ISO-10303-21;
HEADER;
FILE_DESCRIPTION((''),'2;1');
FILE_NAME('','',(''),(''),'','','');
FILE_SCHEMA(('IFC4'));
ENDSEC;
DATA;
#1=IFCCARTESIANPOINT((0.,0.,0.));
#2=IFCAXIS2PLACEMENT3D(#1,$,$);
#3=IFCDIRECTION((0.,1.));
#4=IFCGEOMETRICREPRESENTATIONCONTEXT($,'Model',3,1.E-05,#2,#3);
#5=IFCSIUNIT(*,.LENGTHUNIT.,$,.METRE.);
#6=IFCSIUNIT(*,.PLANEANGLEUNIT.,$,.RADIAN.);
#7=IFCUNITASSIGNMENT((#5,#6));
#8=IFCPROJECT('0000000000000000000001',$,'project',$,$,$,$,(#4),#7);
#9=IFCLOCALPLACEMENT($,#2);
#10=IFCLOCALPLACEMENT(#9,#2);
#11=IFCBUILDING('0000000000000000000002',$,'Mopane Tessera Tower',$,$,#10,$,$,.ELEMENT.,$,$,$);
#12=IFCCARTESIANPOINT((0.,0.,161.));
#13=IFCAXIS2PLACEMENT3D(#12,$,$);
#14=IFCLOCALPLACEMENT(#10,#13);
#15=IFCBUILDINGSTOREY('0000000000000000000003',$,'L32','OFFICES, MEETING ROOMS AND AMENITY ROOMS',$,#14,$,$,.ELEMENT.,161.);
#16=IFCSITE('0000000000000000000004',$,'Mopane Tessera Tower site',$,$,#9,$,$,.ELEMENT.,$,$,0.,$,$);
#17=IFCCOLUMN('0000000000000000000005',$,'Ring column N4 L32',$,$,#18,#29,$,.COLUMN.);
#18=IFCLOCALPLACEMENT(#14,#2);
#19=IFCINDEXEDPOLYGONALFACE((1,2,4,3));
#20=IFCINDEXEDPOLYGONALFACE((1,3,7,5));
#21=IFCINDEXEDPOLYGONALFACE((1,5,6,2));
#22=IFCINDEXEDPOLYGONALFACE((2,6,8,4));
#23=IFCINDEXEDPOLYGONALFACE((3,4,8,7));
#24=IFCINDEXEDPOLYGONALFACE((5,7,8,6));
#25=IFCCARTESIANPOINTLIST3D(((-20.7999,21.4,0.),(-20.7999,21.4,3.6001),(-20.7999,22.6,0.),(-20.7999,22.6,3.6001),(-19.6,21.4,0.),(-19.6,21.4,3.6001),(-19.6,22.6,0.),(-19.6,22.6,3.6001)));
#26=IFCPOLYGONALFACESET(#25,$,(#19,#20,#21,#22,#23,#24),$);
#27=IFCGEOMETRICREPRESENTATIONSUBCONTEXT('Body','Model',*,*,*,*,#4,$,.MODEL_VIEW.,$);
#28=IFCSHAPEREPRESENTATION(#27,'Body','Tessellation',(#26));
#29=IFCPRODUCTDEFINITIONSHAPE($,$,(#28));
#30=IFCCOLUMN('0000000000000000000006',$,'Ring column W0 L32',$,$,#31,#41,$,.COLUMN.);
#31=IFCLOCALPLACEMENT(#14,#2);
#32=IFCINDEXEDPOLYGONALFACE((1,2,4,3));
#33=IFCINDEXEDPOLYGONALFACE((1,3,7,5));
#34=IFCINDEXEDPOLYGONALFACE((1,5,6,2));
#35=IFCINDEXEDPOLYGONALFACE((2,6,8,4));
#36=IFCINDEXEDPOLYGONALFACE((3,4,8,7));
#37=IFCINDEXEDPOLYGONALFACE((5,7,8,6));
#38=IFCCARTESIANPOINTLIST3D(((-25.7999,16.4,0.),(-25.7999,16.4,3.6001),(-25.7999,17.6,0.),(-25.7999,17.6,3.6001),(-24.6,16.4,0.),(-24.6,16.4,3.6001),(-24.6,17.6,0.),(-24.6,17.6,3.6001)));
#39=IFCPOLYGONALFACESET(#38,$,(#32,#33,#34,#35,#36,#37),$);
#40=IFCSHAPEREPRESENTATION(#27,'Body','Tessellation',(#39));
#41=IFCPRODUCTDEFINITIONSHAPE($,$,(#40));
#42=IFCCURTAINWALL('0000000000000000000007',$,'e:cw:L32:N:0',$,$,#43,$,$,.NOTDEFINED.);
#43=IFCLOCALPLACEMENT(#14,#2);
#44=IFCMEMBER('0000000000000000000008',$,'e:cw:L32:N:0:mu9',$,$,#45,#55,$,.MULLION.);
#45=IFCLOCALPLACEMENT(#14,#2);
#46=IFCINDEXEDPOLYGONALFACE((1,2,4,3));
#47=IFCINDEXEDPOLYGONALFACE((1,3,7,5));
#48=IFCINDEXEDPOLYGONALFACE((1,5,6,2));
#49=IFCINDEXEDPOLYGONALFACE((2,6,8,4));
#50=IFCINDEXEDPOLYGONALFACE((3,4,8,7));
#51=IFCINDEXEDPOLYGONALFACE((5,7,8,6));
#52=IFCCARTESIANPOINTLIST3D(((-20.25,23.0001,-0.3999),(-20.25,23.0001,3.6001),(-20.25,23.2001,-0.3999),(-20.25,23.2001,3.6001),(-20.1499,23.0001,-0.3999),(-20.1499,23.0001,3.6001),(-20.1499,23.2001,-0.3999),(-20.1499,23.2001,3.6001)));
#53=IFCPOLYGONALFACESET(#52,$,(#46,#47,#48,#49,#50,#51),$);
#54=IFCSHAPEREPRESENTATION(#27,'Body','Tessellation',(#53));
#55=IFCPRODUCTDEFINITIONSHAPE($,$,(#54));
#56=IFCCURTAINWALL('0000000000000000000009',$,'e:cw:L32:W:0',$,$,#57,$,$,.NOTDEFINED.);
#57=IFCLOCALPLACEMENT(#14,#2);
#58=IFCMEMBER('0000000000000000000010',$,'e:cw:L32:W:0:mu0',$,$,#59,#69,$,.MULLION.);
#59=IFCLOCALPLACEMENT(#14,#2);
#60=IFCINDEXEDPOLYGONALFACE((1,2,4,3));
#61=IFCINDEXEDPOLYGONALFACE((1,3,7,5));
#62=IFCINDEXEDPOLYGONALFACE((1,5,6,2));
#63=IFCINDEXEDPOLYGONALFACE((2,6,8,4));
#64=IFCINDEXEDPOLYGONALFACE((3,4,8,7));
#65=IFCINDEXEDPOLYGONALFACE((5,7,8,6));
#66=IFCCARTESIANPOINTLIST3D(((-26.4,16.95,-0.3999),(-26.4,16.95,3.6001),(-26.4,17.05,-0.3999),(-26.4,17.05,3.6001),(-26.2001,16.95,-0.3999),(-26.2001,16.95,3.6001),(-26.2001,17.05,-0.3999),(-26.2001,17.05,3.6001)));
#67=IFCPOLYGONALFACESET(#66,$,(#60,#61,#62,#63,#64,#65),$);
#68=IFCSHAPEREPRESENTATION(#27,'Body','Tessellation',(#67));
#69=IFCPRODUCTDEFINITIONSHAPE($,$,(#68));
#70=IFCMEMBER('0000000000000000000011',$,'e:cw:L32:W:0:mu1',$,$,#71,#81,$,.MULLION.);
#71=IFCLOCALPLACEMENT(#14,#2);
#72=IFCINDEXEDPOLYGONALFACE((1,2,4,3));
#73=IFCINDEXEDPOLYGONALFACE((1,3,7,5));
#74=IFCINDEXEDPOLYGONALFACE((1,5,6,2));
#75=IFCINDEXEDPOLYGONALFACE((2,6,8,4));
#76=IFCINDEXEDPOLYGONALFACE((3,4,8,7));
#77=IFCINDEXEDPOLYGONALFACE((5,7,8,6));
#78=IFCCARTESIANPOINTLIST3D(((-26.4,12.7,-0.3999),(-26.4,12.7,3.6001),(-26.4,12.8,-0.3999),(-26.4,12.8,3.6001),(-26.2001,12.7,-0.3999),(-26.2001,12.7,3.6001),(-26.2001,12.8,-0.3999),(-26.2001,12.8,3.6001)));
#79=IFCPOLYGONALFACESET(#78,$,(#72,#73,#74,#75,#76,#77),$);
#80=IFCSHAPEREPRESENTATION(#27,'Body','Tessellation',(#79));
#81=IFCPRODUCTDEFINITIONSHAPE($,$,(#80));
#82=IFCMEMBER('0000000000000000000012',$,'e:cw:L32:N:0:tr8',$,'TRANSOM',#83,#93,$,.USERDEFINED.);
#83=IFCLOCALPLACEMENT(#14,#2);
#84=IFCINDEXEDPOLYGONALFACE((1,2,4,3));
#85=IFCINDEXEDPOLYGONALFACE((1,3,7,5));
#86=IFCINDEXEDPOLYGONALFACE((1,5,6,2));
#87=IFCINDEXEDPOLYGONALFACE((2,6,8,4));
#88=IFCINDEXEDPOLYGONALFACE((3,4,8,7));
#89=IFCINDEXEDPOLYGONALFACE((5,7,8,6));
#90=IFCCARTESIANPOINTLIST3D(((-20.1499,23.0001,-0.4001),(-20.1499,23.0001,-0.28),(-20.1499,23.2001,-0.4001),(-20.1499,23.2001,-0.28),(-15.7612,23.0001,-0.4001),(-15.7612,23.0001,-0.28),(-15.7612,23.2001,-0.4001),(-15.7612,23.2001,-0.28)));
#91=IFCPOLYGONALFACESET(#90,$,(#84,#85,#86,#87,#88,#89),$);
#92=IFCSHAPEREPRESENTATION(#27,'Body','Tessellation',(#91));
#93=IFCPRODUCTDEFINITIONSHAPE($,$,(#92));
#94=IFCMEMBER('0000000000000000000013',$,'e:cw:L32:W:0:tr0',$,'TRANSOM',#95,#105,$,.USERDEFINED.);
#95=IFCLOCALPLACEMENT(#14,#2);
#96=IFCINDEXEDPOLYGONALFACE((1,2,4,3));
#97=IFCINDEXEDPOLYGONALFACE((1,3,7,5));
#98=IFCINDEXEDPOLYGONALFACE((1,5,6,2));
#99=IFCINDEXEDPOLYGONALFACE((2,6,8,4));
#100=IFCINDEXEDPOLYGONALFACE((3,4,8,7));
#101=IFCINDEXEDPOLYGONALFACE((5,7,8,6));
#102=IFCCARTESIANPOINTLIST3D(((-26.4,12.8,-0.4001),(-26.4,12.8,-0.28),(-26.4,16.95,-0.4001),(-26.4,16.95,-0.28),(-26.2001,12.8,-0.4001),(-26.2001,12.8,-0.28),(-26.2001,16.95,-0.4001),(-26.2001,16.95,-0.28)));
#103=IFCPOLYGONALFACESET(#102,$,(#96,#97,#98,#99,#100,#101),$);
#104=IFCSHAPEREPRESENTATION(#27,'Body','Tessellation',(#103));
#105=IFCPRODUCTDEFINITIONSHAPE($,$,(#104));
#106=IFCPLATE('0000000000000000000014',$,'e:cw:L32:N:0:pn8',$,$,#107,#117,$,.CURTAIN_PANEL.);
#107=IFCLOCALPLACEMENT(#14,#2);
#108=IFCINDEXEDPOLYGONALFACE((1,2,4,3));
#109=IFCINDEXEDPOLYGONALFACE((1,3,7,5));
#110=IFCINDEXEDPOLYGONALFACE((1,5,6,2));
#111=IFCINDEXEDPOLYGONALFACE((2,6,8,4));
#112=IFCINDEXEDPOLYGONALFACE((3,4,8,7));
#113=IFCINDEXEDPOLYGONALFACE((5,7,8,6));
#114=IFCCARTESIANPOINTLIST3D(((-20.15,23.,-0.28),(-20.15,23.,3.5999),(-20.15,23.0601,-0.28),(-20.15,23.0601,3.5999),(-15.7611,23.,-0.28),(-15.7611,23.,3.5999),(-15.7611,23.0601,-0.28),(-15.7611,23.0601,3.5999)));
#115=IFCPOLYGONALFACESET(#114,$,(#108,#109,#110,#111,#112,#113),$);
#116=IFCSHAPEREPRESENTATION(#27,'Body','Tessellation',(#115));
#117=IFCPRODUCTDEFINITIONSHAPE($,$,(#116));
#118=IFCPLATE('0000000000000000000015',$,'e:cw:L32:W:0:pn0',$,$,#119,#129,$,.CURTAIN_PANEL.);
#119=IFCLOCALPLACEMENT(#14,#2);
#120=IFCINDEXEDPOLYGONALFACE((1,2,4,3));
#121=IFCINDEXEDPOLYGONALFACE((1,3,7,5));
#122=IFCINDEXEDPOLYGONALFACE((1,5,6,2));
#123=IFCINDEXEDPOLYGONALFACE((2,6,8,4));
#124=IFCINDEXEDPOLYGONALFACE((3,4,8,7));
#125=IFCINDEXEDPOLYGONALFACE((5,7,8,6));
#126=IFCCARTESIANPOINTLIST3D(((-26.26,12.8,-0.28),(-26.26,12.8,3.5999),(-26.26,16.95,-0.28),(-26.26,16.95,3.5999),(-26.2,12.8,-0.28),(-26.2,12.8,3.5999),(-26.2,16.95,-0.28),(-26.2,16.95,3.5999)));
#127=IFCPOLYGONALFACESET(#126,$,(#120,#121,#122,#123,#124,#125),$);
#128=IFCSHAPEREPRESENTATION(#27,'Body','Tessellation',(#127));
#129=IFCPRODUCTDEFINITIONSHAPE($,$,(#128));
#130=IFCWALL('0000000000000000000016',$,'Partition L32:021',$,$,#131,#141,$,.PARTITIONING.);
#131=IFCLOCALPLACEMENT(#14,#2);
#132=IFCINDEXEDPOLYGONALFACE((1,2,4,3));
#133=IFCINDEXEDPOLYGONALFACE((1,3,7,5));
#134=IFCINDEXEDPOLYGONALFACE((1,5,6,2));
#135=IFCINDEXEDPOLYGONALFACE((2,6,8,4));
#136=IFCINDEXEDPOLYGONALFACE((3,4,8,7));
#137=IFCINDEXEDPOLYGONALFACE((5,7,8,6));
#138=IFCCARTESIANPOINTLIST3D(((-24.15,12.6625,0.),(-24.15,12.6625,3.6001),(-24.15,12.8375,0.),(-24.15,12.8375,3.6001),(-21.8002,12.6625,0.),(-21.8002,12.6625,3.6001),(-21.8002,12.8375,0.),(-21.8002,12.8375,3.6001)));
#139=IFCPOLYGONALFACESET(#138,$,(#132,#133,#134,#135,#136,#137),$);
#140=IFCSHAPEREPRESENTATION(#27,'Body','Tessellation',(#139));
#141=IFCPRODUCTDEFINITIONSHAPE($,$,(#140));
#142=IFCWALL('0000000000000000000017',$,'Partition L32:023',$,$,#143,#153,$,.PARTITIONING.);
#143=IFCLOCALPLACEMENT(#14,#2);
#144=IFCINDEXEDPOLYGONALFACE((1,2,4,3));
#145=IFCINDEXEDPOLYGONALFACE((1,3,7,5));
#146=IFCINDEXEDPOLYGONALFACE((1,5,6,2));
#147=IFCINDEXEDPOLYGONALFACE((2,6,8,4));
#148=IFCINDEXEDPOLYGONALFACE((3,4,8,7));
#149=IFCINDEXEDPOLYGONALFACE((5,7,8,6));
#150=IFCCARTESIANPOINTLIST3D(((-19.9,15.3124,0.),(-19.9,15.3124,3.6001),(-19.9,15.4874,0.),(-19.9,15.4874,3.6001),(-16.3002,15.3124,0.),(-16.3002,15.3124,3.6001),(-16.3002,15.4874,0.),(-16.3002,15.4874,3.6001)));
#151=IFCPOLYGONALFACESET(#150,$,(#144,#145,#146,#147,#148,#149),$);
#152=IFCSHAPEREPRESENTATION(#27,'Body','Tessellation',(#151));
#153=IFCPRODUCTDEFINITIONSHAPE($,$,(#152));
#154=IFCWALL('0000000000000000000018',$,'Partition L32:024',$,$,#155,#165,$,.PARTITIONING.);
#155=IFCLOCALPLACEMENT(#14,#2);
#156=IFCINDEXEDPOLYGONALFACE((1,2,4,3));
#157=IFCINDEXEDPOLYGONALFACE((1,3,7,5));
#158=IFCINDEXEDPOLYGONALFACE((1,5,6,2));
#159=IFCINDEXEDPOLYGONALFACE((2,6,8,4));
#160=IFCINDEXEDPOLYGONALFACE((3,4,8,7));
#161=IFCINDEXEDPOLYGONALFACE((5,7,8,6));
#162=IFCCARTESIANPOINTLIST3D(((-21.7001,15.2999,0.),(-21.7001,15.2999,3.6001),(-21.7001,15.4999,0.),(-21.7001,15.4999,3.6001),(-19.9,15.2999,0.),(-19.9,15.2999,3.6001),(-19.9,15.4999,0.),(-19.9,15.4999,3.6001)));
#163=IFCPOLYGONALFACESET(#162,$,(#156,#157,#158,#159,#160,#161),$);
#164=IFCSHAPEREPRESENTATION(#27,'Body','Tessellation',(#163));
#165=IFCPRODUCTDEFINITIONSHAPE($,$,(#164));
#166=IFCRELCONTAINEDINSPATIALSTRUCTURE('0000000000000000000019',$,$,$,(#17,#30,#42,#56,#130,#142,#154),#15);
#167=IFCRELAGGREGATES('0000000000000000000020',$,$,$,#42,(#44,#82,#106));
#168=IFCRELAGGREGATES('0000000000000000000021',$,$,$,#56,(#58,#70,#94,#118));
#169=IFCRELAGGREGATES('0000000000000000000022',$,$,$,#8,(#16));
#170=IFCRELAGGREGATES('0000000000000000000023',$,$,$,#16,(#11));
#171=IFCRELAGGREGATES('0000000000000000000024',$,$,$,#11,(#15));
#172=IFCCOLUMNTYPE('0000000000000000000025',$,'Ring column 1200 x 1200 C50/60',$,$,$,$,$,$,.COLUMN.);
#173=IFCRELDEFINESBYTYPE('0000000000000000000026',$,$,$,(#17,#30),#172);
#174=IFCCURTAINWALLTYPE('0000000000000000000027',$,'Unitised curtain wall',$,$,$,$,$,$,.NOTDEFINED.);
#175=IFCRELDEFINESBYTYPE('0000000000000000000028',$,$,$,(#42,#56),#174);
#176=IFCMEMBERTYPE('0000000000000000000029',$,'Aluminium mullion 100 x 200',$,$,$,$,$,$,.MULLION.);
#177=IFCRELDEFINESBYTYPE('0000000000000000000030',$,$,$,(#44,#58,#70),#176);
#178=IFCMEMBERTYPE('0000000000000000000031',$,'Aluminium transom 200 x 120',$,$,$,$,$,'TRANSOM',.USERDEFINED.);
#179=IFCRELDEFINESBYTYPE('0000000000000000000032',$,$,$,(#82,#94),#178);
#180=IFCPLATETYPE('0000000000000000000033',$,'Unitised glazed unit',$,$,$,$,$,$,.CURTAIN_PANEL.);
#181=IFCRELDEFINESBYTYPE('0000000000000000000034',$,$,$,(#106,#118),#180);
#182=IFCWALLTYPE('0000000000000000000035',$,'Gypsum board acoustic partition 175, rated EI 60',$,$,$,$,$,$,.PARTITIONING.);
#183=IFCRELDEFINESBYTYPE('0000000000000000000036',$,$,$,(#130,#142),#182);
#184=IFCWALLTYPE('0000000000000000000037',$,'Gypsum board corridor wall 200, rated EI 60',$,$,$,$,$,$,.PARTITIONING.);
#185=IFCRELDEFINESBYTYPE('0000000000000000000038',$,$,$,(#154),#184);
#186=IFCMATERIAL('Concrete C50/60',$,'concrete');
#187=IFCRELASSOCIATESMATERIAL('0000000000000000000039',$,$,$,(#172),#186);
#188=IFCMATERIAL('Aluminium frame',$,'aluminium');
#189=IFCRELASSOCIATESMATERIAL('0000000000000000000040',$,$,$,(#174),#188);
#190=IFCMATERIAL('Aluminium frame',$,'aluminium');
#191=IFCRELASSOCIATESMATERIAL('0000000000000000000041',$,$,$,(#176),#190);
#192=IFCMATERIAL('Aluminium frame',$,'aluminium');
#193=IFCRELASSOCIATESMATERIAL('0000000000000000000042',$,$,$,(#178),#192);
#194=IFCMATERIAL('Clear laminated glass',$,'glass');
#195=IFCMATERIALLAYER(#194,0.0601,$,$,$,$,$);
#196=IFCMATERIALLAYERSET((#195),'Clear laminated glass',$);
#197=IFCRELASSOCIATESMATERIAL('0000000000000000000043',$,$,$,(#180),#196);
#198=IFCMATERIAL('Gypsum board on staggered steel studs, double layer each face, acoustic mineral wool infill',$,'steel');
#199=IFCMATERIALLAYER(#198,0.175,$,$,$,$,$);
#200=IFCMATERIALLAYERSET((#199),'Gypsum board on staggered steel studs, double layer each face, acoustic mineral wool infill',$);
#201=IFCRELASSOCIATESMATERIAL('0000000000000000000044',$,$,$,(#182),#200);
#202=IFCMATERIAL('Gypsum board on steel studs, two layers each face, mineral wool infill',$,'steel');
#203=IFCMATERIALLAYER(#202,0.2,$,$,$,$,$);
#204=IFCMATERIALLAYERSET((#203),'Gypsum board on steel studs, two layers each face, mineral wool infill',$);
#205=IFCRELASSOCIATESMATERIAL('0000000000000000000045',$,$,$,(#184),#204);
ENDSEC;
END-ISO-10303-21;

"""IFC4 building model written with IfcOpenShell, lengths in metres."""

from ifc_helpers import new_model, si_unit, direction, frame, frame_2d, origin, origin_2d, place, context, subcontext, project, spatial, rectangle, extrude, material, layer, layer_set, material_profile, profile_set, type_object, element, aggregate, save


model = new_model("IFC4")

# Units and contexts
model_context = context("Model", 3, precision=1e-05, world=origin(), true_north=direction((0.0, 1.0)))
body_context = subcontext(model_context, "Body", "Model", "MODEL_VIEW")
ifc_project = project(units=[si_unit("LENGTHUNIT", "METRE"), si_unit("PLANEANGLEUNIT", "RADIAN")], contexts=[model_context])

# Site, building, storey
site_placement = place(None, origin())
site = spatial("IfcSite", under=ifc_project, at=site_placement, Name="Mopane Tessera Tower site", CompositionType="ELEMENT", RefElevation=0.0)
building_placement = place(site_placement, origin())
building = spatial("IfcBuilding", under=site, at=building_placement, Name="Mopane Tessera Tower", CompositionType="ELEMENT")
storey_placement = place(building_placement, frame((0.0, 0.0, 161.0)))
storey = spatial("IfcBuildingStorey", under=building, at=storey_placement, Name="L32", Description="OFFICES, MEETING ROOMS AND AMENITY ROOMS", CompositionType="ELEMENT", Elevation=161.0)

# Columns
ifc_material_1 = material(Name="Concrete C50/60", Category="concrete")
ifc_material_profile_1 = material_profile(ifc_material_1, rectangle(XDim=1.2, YDim=1.2, at=origin_2d()))
ifc_profile_set_1 = profile_set([ifc_material_profile_1], Name="Concrete C50/60")
column_type = type_object("IfcColumnType", Name="Ring column 1200 x 1200 C50/60", PredefinedType="COLUMN", material=ifc_profile_set_1)
for number, where, z_axis, x_axis, name in (
    (1, (-20.2, 22.0, 0.0), (0.0, 0.0, 1.0), (1.0, 0.0, 0.0), "Ring column N4 L32"),
    (2, (-25.2, 17.0, 0.0), (0.0, 0.0, 1.0), (1.0, 0.0, 0.0), "Ring column W0 L32"),
):
    element("IfcColumn", number, at=place(storey_placement, frame(where, z_axis=z_axis, x_axis=x_axis)), inside=storey, type_object=column_type, Name=name, PredefinedType="COLUMN", context=body_context, shape_type="SweptSolid", body=[
        extrude(rectangle(XDim=1.2, YDim=1.2, at=origin_2d()), origin(), (0.0, 0.0, 1.0), 3.6001),
    ])

# Curtain wall, member
ifc_material_2 = material(Name="Aluminium frame", Category="aluminium")
curtain_wall_type = type_object("IfcCurtainWallType", Name="Unitised curtain wall", PredefinedType="NOTDEFINED", material=ifc_material_2)
curtain_wall_1_placement = place(storey_placement, origin())
curtain_wall_1 = element("IfcCurtainWall", 3, at=curtain_wall_1_placement, inside=storey, type_object=curtain_wall_type, Name="e:cw:L32:N:0", PredefinedType="NOTDEFINED")
ifc_material_3 = material(Name="Aluminium frame", Category="aluminium")
ifc_material_profile_2 = material_profile(ifc_material_3, rectangle(XDim=0.1001, YDim=0.2, at=origin_2d()))
ifc_profile_set_2 = profile_set([ifc_material_profile_2], Name="Aluminium frame")
member_type_1 = type_object("IfcMemberType", Name="Aluminium mullion 100 x 200", PredefinedType="MULLION", material=ifc_profile_set_2)
member_1_placement = place(storey_placement, frame((-20.2, 23.1001, -0.3999), z_axis=(0.0, 0.0, 1.0), x_axis=(-1.0, 0.0, 0.0)))
member_1 = element("IfcMember", 4, at=member_1_placement, type_object=member_type_1, Name="e:cw:L32:N:0:mu9", PredefinedType="MULLION", context=body_context, shape_type="SweptSolid", body=[
    extrude(rectangle(XDim=0.1001, YDim=0.2, at=origin_2d()), origin(), (0.0, 0.0, 1.0), 4.0),
])

# Curtain wall, members
curtain_wall_2_placement = place(storey_placement, origin())
curtain_wall_2 = element("IfcCurtainWall", 5, at=curtain_wall_2_placement, inside=storey, type_object=curtain_wall_type, Name="e:cw:L32:W:0", PredefinedType="NOTDEFINED")
member_2_placement = place(storey_placement, frame((-26.3, 17.0, -0.3999), z_axis=(0.0, 0.0, 1.0), x_axis=(0.0, -1.0, 0.0)))
member_2 = element("IfcMember", 6, at=member_2_placement, type_object=member_type_1, Name="e:cw:L32:W:0:mu0", PredefinedType="MULLION", context=body_context, shape_type="SweptSolid", body=[
    extrude(rectangle(XDim=0.1001, YDim=0.2, at=origin_2d()), origin(), (0.0, 0.0, 1.0), 4.0),
])
member_3_placement = place(storey_placement, frame((-26.3, 12.75, -0.3999), z_axis=(0.0, 0.0, 1.0), x_axis=(0.0, -1.0, 0.0)))
member_3 = element("IfcMember", 7, at=member_3_placement, type_object=member_type_1, Name="e:cw:L32:W:0:mu1", PredefinedType="MULLION", context=body_context, shape_type="SweptSolid", body=[
    extrude(rectangle(XDim=0.1001, YDim=0.2, at=origin_2d()), origin(), (0.0, 0.0, 1.0), 4.0),
])

# Members
ifc_material_4 = material(Name="Aluminium frame", Category="aluminium")
ifc_material_profile_3 = material_profile(ifc_material_4, rectangle(XDim=0.2, YDim=0.1201, at=origin_2d()))
ifc_profile_set_3 = profile_set([ifc_material_profile_3], Name="Aluminium frame")
member_type_2 = type_object("IfcMemberType", Name="Aluminium transom 200 x 120", ElementType="TRANSOM", PredefinedType="USERDEFINED", material=ifc_profile_set_3)
member_4_placement = place(storey_placement, frame((-15.7612, 23.1001, -0.3401), z_axis=(-1.0, 0.0, 0.0), x_axis=(0.0, -1.0, 0.0)))
member_4 = element("IfcMember", 8, at=member_4_placement, type_object=member_type_2, Name="e:cw:L32:N:0:tr8", ObjectType="TRANSOM", PredefinedType="USERDEFINED", context=body_context, shape_type="SweptSolid", body=[
    extrude(rectangle(XDim=0.2, YDim=0.1201, at=origin_2d()), origin(), (0.0, 0.0, 1.0), 4.3887),
])
member_5_placement = place(storey_placement, frame((-26.3, 16.95, -0.3401), z_axis=(0.0, -1.0, 0.0), x_axis=(1.0, 0.0, 0.0)))
member_5 = element("IfcMember", 9, at=member_5_placement, type_object=member_type_2, Name="e:cw:L32:W:0:tr0", ObjectType="TRANSOM", PredefinedType="USERDEFINED", context=body_context, shape_type="SweptSolid", body=[
    extrude(rectangle(XDim=0.2, YDim=0.1201, at=origin_2d()), origin(), (0.0, 0.0, 1.0), 4.1499),
])

# Plates
ifc_material_5 = material(Name="Clear laminated glass", Category="glass")
ifc_layer_1 = layer(ifc_material_5, 0.0601)
ifc_layer_set_1 = layer_set([ifc_layer_1], Name="Clear laminated glass")
plate_type = type_object("IfcPlateType", Name="Unitised glazed unit", PredefinedType="CURTAIN_PANEL", material=ifc_layer_set_1)
plate_1_placement = place(storey_placement, frame((-17.9556, 23.03, -0.28), z_axis=(0.0, 0.0, 1.0), x_axis=(-1.0, 0.0, 0.0)))
plate_1 = element("IfcPlate", 10, at=plate_1_placement, type_object=plate_type, Name="e:cw:L32:N:0:pn8", PredefinedType="CURTAIN_PANEL", context=body_context, shape_type="SweptSolid", body=[
    extrude(rectangle(XDim=4.3889, YDim=0.0601, at=origin_2d()), origin(), (0.0, 0.0, 1.0), 3.8799),
])
aggregate(curtain_wall_1, [member_1, member_4, plate_1])
plate_2_placement = place(storey_placement, frame((-26.23, 14.875, -0.28), z_axis=(0.0, 0.0, 1.0), x_axis=(0.0, -1.0, 0.0)))
plate_2 = element("IfcPlate", 11, at=plate_2_placement, type_object=plate_type, Name="e:cw:L32:W:0:pn0", PredefinedType="CURTAIN_PANEL", context=body_context, shape_type="SweptSolid", body=[
    extrude(rectangle(XDim=4.1499, YDim=0.0601, at=origin_2d()), origin(), (0.0, 0.0, 1.0), 3.8799),
])
aggregate(curtain_wall_2, [member_2, member_3, member_5, plate_2])

# Walls
ifc_material_6 = material(Name="Gypsum board on staggered steel studs, double layer each face, acoustic mineral wool infill", Category="steel")
ifc_layer_2 = layer(ifc_material_6, 0.175)
ifc_layer_set_2 = layer_set([ifc_layer_2], Name="Gypsum board on staggered steel studs, double layer each face, acoustic mineral wool infill")
wall_type_1 = type_object("IfcWallType", Name="Gypsum board acoustic partition 175, rated EI 60", PredefinedType="PARTITIONING", material=ifc_layer_set_2)
wall_1_placement = place(storey_placement, frame((-24.1499, 12.75, 0.0), z_axis=(0.0, 0.0, 1.0), x_axis=(1.0, 0.0, 0.0)))
element("IfcWall", 12, at=wall_1_placement, inside=storey, type_object=wall_type_1, Name="Partition L32:021", PredefinedType="PARTITIONING", context=body_context, shape_type="SweptSolid", body=[
    extrude(rectangle(XDim=2.3499, YDim=0.175, at=frame_2d((1.1748, 0.0))), origin(), (0.0, 0.0, 1.0), 3.6001),
])
wall_2_placement = place(storey_placement, frame((-19.8999, 15.3999, 0.0), z_axis=(0.0, 0.0, 1.0), x_axis=(1.0, 0.0, 0.0)))
element("IfcWall", 13, at=wall_2_placement, inside=storey, type_object=wall_type_1, Name="Partition L32:023", PredefinedType="PARTITIONING", context=body_context, shape_type="SweptSolid", body=[
    extrude(rectangle(XDim=3.5999, YDim=0.175, at=frame_2d((1.7998, 0.0))), origin(), (0.0, 0.0, 1.0), 3.6001),
])
ifc_material_7 = material(Name="Gypsum board on steel studs, two layers each face, mineral wool infill", Category="steel")
ifc_layer_3 = layer(ifc_material_7, 0.2)
ifc_layer_set_3 = layer_set([ifc_layer_3], Name="Gypsum board on steel studs, two layers each face, mineral wool infill")
wall_type_2 = type_object("IfcWallType", Name="Gypsum board corridor wall 200, rated EI 60", PredefinedType="PARTITIONING", material=ifc_layer_set_3)
wall_3_placement = place(storey_placement, frame((-21.7, 15.3999, 0.0), z_axis=(0.0, 0.0, 1.0), x_axis=(1.0, 0.0, 0.0)))
element("IfcWall", 14, at=wall_3_placement, inside=storey, type_object=wall_type_2, Name="Partition L32:024", PredefinedType="PARTITIONING", context=body_context, shape_type="SweptSolid", body=[
    extrude(rectangle(XDim=1.8, YDim=0.2, at=frame_2d((0.8999, 0.0))), origin(), (0.0, 0.0, 1.0), 3.6001),
])

save(model, "model.ifc")
